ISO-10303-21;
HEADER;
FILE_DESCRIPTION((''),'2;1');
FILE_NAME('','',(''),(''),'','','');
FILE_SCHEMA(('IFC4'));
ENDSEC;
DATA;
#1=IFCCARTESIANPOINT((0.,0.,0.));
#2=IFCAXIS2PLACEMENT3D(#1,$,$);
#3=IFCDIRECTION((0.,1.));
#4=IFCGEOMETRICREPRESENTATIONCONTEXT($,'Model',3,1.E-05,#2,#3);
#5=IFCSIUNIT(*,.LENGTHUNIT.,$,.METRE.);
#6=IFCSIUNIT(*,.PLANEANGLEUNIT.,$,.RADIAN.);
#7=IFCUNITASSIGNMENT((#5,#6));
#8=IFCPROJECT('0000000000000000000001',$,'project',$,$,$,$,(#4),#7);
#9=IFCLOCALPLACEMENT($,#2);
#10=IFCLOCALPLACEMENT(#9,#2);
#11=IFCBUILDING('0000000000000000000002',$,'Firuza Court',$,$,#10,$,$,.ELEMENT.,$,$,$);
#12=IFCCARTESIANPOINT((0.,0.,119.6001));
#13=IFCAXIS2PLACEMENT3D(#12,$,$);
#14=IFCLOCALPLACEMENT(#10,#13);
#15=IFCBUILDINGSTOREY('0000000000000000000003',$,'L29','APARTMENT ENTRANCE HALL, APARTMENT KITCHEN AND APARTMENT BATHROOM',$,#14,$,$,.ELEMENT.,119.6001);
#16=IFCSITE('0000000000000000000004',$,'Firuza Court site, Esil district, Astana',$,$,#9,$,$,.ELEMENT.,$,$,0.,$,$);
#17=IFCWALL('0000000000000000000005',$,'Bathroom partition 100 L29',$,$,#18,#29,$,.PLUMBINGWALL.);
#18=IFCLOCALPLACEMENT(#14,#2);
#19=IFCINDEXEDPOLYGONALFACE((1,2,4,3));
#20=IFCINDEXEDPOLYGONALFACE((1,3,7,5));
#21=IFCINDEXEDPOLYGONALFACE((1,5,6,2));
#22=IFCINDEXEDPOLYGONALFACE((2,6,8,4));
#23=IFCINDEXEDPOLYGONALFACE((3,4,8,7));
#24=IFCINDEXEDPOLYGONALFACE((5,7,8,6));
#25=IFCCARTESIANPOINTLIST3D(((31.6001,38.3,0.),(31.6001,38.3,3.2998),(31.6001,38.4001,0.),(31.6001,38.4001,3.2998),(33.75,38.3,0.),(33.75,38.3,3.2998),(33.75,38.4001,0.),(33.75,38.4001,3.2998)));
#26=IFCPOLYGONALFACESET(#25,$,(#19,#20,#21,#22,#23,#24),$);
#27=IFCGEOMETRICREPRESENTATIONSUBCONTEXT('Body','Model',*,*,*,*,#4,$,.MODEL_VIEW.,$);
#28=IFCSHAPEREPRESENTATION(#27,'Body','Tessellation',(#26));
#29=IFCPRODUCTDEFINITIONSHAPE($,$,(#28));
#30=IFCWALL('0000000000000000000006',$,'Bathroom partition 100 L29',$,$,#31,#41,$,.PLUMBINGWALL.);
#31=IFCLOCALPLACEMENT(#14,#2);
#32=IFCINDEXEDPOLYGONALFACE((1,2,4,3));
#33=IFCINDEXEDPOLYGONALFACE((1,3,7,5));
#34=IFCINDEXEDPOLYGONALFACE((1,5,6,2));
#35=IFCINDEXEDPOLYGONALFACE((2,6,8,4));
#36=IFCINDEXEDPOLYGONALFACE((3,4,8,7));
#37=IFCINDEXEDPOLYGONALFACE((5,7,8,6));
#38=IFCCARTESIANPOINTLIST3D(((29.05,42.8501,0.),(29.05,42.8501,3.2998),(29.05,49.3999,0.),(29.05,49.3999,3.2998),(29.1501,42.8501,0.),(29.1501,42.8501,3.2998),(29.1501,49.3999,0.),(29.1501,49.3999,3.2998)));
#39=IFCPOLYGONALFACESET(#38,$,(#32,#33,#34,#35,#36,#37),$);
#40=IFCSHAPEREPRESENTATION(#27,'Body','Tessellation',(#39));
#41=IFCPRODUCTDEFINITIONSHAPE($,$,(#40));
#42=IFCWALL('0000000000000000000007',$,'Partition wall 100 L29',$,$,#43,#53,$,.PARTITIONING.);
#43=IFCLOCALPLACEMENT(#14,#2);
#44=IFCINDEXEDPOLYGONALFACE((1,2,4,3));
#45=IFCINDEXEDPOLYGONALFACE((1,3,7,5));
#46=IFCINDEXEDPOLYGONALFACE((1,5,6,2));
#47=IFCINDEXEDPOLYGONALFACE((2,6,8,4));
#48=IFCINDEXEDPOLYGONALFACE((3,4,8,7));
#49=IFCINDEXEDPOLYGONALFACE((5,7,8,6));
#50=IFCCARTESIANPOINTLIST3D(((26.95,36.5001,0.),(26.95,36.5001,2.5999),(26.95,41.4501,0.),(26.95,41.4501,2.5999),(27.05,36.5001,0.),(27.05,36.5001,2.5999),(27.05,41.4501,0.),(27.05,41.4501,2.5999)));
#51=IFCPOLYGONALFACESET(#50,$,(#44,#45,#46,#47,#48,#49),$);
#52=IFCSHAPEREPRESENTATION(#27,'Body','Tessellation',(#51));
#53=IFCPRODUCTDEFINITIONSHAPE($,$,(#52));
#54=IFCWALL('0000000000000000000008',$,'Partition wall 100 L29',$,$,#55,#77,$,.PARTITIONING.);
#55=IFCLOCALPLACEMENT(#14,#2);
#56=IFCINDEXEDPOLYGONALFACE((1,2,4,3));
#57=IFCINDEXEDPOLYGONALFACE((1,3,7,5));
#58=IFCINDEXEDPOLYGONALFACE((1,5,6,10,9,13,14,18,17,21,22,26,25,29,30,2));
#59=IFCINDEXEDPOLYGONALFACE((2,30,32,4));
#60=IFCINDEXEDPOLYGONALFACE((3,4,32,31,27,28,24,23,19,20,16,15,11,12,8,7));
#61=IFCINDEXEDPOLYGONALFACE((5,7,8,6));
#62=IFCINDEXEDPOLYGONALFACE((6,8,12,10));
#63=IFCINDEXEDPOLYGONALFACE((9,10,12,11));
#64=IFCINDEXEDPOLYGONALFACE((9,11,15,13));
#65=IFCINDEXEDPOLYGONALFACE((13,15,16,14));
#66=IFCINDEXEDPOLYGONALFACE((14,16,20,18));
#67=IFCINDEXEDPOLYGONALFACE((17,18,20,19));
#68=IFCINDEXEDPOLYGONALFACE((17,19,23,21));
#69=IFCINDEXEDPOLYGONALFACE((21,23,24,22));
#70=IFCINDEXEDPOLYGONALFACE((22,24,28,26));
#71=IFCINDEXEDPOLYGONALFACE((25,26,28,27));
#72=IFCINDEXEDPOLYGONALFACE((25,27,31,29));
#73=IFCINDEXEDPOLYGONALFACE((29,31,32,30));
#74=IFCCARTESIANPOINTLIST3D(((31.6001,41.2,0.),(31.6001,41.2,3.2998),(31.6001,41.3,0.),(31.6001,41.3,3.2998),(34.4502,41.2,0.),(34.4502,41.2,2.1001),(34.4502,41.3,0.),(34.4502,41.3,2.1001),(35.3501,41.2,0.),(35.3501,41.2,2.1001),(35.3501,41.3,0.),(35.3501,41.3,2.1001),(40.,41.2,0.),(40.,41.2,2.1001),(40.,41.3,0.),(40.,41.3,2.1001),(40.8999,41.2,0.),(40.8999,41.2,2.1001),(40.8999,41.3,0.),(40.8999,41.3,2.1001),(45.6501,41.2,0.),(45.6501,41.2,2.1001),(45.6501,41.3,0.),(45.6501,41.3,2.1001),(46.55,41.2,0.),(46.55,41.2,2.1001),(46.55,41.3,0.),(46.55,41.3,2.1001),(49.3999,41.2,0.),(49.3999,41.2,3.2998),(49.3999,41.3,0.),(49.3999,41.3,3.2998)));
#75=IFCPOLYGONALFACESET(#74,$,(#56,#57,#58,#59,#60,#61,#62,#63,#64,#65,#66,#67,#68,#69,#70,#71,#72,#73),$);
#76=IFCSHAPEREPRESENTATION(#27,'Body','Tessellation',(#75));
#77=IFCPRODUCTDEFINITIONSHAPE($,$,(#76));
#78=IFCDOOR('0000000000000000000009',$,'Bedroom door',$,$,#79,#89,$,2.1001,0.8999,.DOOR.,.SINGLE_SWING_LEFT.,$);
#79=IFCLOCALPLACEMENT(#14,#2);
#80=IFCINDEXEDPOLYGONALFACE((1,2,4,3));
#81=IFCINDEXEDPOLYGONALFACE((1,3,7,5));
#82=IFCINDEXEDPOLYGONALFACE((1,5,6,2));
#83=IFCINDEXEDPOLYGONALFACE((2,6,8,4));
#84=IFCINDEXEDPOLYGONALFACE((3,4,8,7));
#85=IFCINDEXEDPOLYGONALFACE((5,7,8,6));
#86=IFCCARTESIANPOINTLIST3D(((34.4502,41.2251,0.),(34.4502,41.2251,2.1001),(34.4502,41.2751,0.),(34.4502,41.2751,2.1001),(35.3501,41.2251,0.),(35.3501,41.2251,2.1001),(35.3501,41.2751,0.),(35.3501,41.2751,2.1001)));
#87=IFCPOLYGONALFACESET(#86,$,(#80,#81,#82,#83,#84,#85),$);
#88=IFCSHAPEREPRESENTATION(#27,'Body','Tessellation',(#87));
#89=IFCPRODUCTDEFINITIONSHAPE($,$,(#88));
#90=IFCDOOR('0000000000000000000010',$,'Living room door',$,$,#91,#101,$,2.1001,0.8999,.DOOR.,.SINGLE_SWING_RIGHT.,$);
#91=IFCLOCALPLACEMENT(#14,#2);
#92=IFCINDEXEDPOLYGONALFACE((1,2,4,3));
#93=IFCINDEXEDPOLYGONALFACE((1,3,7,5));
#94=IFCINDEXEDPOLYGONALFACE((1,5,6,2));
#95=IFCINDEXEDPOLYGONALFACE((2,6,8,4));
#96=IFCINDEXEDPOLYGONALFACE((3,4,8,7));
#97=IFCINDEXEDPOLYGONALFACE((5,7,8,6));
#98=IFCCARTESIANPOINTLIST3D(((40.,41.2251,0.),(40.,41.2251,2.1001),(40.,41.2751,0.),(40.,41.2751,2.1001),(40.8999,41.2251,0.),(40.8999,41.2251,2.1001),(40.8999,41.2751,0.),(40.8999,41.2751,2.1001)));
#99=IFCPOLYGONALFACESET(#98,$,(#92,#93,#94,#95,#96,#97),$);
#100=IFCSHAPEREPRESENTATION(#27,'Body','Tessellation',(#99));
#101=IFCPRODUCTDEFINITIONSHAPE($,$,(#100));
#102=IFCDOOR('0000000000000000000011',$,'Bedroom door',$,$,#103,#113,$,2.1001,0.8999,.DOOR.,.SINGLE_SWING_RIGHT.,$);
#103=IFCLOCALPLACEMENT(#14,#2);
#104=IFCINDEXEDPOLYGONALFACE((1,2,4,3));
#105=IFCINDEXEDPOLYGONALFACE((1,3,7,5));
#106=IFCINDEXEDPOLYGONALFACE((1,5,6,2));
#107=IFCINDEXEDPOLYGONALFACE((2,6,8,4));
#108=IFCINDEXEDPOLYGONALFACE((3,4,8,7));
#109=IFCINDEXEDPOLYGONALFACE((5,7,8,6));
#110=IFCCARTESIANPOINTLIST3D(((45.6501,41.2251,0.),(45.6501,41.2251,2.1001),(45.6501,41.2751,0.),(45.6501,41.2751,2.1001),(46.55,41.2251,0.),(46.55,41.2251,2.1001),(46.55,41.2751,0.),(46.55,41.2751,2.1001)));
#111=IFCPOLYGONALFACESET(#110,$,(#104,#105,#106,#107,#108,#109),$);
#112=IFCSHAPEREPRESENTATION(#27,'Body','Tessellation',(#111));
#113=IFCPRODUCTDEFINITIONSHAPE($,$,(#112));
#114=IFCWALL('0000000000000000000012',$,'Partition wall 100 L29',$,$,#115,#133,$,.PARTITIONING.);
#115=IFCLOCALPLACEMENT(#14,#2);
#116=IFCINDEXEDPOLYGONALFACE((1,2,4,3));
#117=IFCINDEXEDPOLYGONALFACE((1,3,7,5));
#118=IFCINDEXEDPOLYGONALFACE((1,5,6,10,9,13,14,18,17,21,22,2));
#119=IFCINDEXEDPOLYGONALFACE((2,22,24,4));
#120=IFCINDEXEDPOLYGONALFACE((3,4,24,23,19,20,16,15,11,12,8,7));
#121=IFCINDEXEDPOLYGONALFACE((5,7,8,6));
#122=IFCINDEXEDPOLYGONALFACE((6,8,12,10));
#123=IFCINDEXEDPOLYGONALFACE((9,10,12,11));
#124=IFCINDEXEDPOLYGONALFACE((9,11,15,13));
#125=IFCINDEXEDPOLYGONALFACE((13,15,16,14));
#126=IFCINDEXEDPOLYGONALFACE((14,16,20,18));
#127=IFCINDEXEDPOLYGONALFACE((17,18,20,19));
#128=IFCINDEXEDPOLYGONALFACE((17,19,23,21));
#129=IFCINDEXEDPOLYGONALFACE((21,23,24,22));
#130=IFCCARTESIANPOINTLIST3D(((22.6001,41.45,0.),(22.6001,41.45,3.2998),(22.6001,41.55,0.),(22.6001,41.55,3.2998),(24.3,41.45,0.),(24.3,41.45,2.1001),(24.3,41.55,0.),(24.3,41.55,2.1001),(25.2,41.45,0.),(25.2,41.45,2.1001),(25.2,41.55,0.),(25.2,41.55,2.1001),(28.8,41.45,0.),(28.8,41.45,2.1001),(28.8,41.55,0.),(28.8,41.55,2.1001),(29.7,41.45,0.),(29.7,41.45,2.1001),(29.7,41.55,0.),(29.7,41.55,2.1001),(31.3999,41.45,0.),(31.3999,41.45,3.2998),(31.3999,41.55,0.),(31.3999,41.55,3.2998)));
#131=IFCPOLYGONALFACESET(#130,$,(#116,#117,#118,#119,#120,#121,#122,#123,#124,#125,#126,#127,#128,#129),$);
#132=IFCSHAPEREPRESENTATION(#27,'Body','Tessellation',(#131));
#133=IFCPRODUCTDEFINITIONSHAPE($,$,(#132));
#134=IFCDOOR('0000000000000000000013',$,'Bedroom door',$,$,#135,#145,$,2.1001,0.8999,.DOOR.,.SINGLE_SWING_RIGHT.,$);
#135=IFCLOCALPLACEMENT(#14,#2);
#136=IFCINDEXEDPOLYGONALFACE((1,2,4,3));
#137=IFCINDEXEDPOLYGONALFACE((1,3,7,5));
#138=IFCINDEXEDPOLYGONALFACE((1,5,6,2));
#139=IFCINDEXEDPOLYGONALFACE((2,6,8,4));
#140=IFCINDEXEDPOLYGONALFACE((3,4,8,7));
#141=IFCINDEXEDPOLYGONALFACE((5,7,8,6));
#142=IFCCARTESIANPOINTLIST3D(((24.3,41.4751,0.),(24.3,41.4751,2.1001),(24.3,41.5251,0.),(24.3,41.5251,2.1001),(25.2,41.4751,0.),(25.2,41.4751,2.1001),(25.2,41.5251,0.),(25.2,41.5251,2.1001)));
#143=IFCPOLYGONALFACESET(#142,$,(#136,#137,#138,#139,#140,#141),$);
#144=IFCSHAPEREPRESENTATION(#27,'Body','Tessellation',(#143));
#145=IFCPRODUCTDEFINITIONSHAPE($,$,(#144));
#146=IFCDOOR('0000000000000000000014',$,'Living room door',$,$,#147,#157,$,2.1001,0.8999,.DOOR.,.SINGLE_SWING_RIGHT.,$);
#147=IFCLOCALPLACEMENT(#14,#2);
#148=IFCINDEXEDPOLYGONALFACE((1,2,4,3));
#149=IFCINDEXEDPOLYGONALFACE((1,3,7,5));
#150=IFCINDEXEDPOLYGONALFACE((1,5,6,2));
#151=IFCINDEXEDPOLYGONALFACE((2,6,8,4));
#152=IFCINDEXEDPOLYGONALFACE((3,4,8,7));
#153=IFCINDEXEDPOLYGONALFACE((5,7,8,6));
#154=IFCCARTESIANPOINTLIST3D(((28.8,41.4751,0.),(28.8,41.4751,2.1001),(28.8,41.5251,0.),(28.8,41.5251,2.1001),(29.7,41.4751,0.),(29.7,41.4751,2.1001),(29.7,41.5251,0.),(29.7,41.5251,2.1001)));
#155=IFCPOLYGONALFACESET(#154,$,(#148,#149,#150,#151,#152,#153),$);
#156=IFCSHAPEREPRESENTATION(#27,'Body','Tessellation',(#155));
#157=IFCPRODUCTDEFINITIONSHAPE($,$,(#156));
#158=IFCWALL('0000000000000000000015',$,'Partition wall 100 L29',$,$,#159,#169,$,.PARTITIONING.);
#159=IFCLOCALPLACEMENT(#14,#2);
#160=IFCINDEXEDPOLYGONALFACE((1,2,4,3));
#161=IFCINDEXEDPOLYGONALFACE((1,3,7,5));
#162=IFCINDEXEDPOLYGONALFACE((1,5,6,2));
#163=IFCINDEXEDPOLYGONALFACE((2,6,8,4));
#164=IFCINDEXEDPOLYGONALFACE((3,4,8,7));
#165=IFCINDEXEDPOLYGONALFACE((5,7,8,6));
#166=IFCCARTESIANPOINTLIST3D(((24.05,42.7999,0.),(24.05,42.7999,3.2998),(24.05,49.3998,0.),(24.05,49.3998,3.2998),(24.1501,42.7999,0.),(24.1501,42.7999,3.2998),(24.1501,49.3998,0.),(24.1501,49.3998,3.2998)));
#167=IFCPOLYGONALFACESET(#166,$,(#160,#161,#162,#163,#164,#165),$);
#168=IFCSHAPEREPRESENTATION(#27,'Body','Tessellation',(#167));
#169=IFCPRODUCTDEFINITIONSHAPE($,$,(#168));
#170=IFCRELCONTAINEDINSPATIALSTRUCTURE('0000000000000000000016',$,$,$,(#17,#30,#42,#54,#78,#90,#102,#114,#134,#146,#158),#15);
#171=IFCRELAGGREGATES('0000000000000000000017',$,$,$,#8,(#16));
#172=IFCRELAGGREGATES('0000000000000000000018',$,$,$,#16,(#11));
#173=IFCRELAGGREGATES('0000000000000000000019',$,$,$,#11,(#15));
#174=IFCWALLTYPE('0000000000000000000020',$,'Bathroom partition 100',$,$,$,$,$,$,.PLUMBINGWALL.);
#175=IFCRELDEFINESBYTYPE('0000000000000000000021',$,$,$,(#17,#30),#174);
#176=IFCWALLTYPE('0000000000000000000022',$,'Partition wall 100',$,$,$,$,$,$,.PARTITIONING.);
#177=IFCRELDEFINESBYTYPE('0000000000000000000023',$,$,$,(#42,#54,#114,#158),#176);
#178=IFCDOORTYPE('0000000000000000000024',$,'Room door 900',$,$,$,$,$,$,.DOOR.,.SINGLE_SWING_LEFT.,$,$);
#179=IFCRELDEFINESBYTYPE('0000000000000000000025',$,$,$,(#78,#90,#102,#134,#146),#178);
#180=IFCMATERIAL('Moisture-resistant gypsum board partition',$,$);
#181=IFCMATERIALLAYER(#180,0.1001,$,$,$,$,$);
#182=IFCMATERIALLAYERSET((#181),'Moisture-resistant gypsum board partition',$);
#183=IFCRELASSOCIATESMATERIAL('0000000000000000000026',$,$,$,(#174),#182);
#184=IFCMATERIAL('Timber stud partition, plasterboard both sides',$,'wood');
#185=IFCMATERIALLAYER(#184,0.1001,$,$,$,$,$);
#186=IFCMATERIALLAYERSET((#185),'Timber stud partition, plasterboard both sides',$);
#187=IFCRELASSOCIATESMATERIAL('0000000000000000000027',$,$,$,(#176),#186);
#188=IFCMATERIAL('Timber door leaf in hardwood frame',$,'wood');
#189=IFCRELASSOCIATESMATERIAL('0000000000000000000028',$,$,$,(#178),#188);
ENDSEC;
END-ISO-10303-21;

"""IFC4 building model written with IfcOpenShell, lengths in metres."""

from ifc_helpers import new_model, si_unit, direction, frame, frame_2d, origin, place, context, subcontext, project, spatial, rectangle, extrude, material, layer, layer_set, type_object, element, fill, save


model = new_model("IFC4")

# Units and contexts
model_context = context("Model", 3, precision=1e-05, world=origin(), true_north=direction((0.0, 1.0)))
body_context = subcontext(model_context, "Body", "Model", "MODEL_VIEW")
ifc_project = project(units=[si_unit("LENGTHUNIT", "METRE"), si_unit("PLANEANGLEUNIT", "RADIAN")], contexts=[model_context])

# Site, building, storey
site_placement = place(None, origin())
site = spatial("IfcSite", under=ifc_project, at=site_placement, Name="Firuza Court site, Esil district, Astana", CompositionType="ELEMENT", RefElevation=0.0)
building_placement = place(site_placement, origin())
building = spatial("IfcBuilding", under=site, at=building_placement, Name="Firuza Court", CompositionType="ELEMENT")
storey_placement = place(building_placement, frame((0.0, 0.0, 119.6001)))
storey = spatial("IfcBuildingStorey", under=building, at=storey_placement, Name="L29", Description="APARTMENT ENTRANCE HALL, APARTMENT KITCHEN AND APARTMENT BATHROOM", CompositionType="ELEMENT", Elevation=119.6001)

# Walls
ifc_material_1 = material(Name="Moisture-resistant gypsum board partition")
ifc_layer_1 = layer(ifc_material_1, 0.1001)
ifc_layer_set_1 = layer_set([ifc_layer_1], Name="Moisture-resistant gypsum board partition")
wall_type_1 = type_object("IfcWallType", Name="Bathroom partition 100", PredefinedType="PLUMBINGWALL", material=ifc_layer_set_1)
wall_1_placement = place(storey_placement, frame((31.6001, 38.3501, 0.0), z_axis=(0.0, 0.0, 1.0), x_axis=(1.0, 0.0, 0.0)))
element("IfcWall", 1, at=wall_1_placement, inside=storey, type_object=wall_type_1, Name="Bathroom partition 100 L29", PredefinedType="PLUMBINGWALL", context=body_context, shape_type="SweptSolid", body=[
    extrude(rectangle(XDim=2.1499, YDim=0.1001, at=frame_2d((1.075, 0.0))), origin(), (0.0, 0.0, 1.0), 3.2998),
])
wall_2_placement = place(storey_placement, frame((29.1001, 42.8501, 0.0), z_axis=(0.0, 0.0, 1.0), x_axis=(0.0, 1.0, 0.0)))
element("IfcWall", 2, at=wall_2_placement, inside=storey, type_object=wall_type_1, Name="Bathroom partition 100 L29", PredefinedType="PLUMBINGWALL", context=body_context, shape_type="SweptSolid", body=[
    extrude(rectangle(XDim=6.5498, YDim=0.1001, at=frame_2d((3.2749, 0.0))), origin(), (0.0, 0.0, 1.0), 3.2998),
])
ifc_material_2 = material(Name="Timber stud partition, plasterboard both sides", Category="wood")
ifc_layer_2 = layer(ifc_material_2, 0.1001)
ifc_layer_set_2 = layer_set([ifc_layer_2], Name="Timber stud partition, plasterboard both sides")
wall_type_2 = type_object("IfcWallType", Name="Partition wall 100", PredefinedType="PARTITIONING", material=ifc_layer_set_2)
wall_3_placement = place(storey_placement, frame((27.0, 36.5, 0.0), z_axis=(0.0, 0.0, 1.0), x_axis=(0.0, 1.0, 0.0)))
element("IfcWall", 3, at=wall_3_placement, inside=storey, type_object=wall_type_2, Name="Partition wall 100 L29", PredefinedType="PARTITIONING", context=body_context, shape_type="SweptSolid", body=[
    extrude(rectangle(XDim=4.95, YDim=0.1001, at=frame_2d((2.4751, 0.0))), origin(), (0.0, 0.0, 1.0), 2.5999),
])

# Walls, openings, doors
wall_4_placement = place(storey_placement, frame((31.6001, 41.25, 0.0), z_axis=(0.0, 0.0, 1.0), x_axis=(1.0, 0.0, 0.0)))
wall_4 = element("IfcWall", 4, at=wall_4_placement, inside=storey, type_object=wall_type_2, Name="Partition wall 100 L29", PredefinedType="PARTITIONING", context=body_context, shape_type="SweptSolid", body=[
    extrude(rectangle(XDim=17.7998, YDim=0.1001, at=frame_2d((8.8999, 0.0))), origin(), (0.0, 0.0, 1.0), 3.2998),
])
opening_1_placement = place(wall_4_placement, frame((2.8501, 0.0, 0.0)))
opening_1 = element("IfcOpeningElement", 5, at=opening_1_placement, cuts=wall_4, PredefinedType="OPENING", context=body_context, shape_type="SweptSolid", body=[
    extrude(rectangle(XDim=0.8999, YDim=2.1001, at=frame_2d((0.45, 1.05))), frame((0.0, 0.062, 0.0), z_axis=(0.0, -1.0, 0.0), x_axis=(1.0, 0.0, 0.0)), (0.0, 0.0, 1.0), 0.124),
])
opening_2_placement = place(wall_4_placement, frame((8.3999, 0.0, 0.0)))
opening_2 = element("IfcOpeningElement", 6, at=opening_2_placement, cuts=wall_4, PredefinedType="OPENING", context=body_context, shape_type="SweptSolid", body=[
    extrude(rectangle(XDim=0.8999, YDim=2.1001, at=frame_2d((0.45, 1.05))), frame((0.0, 0.062, 0.0), z_axis=(0.0, -1.0, 0.0), x_axis=(1.0, 0.0, 0.0)), (0.0, 0.0, 1.0), 0.124),
])
opening_3_placement = place(wall_4_placement, frame((14.05, 0.0, 0.0)))
opening_3 = element("IfcOpeningElement", 7, at=opening_3_placement, cuts=wall_4, PredefinedType="OPENING", context=body_context, shape_type="SweptSolid", body=[
    extrude(rectangle(XDim=0.8999, YDim=2.1001, at=frame_2d((0.45, 1.05))), frame((0.0, 0.062, 0.0), z_axis=(0.0, -1.0, 0.0), x_axis=(1.0, 0.0, 0.0)), (0.0, 0.0, 1.0), 0.124),
])
ifc_material_3 = material(Name="Timber door leaf in hardwood frame", Category="wood")
door_type_1 = type_object("IfcDoorType", Name="Room door 900", OperationType="SINGLE_SWING_LEFT", PredefinedType="DOOR", material=ifc_material_3)
door_1_placement = place(opening_1_placement, frame((0.8999, 0.0, 0.0), z_axis=(0.0, 0.0, 1.0), x_axis=(-1.0, 0.0, 0.0)))
door_1 = element("IfcDoor", 8, at=door_1_placement, inside=storey, type_object=door_type_1, Name="Bedroom door", OperationType="SINGLE_SWING_LEFT", OverallHeight=2.1001, OverallWidth=0.8999, PredefinedType="DOOR", context=body_context, shape_type="SweptSolid", body=[
    extrude(rectangle(XDim=0.8999, YDim=2.1001, at=frame_2d((0.45, 1.05))), frame((0.0, 0.0249, 0.0), z_axis=(0.0, -1.0, 0.0), x_axis=(1.0, 0.0, 0.0)), (0.0, 0.0, 1.0), 0.05),
])
fill(opening_1, door_1)
door_2_placement = place(opening_2_placement, frame((0.8999, 0.0, 0.0), z_axis=(0.0, 0.0, 1.0), x_axis=(-1.0, 0.0, 0.0)))
door_2 = element("IfcDoor", 9, at=door_2_placement, inside=storey, type_object=door_type_1, Name="Living room door", OperationType="SINGLE_SWING_RIGHT", OverallHeight=2.1001, OverallWidth=0.8999, PredefinedType="DOOR", context=body_context, shape_type="SweptSolid", body=[
    extrude(rectangle(XDim=0.8999, YDim=2.1001, at=frame_2d((0.45, 1.05))), frame((0.0, 0.0249, 0.0), z_axis=(0.0, -1.0, 0.0), x_axis=(1.0, 0.0, 0.0)), (0.0, 0.0, 1.0), 0.05),
])
fill(opening_2, door_2)
door_3_placement = place(opening_3_placement, frame((0.8999, 0.0, 0.0), z_axis=(0.0, 0.0, 1.0), x_axis=(-1.0, 0.0, 0.0)))
door_3 = element("IfcDoor", 10, at=door_3_placement, inside=storey, type_object=door_type_1, Name="Bedroom door", OperationType="SINGLE_SWING_RIGHT", OverallHeight=2.1001, OverallWidth=0.8999, PredefinedType="DOOR", context=body_context, shape_type="SweptSolid", body=[
    extrude(rectangle(XDim=0.8999, YDim=2.1001, at=frame_2d((0.45, 1.05))), frame((0.0, 0.0249, 0.0), z_axis=(0.0, -1.0, 0.0), x_axis=(1.0, 0.0, 0.0)), (0.0, 0.0, 1.0), 0.05),
])
fill(opening_3, door_3)
wall_5_placement = place(storey_placement, frame((22.6001, 41.5, 0.0), z_axis=(0.0, 0.0, 1.0), x_axis=(1.0, 0.0, 0.0)))
wall_5 = element("IfcWall", 11, at=wall_5_placement, inside=storey, type_object=wall_type_2, Name="Partition wall 100 L29", PredefinedType="PARTITIONING", context=body_context, shape_type="SweptSolid", body=[
    extrude(rectangle(XDim=8.7998, YDim=0.1001, at=frame_2d((4.3999, 0.0))), origin(), (0.0, 0.0, 1.0), 3.2998),
])
opening_4_placement = place(wall_5_placement, frame((1.7, 0.0, 0.0)))
opening_4 = element("IfcOpeningElement", 12, at=opening_4_placement, cuts=wall_5, PredefinedType="OPENING", context=body_context, shape_type="SweptSolid", body=[
    extrude(rectangle(XDim=0.8999, YDim=2.1001, at=frame_2d((0.45, 1.05))), frame((0.0, 0.062, 0.0), z_axis=(0.0, -1.0, 0.0), x_axis=(1.0, 0.0, 0.0)), (0.0, 0.0, 1.0), 0.124),
])
opening_5_placement = place(wall_5_placement, frame((6.2, 0.0, 0.0)))
opening_5 = element("IfcOpeningElement", 13, at=opening_5_placement, cuts=wall_5, PredefinedType="OPENING", context=body_context, shape_type="SweptSolid", body=[
    extrude(rectangle(XDim=0.8999, YDim=2.1001, at=frame_2d((0.45, 1.05))), frame((0.0, 0.062, 0.0), z_axis=(0.0, -1.0, 0.0), x_axis=(1.0, 0.0, 0.0)), (0.0, 0.0, 1.0), 0.124),
])
door_4_placement = place(opening_4_placement, frame((0.8999, 0.0, 0.0), z_axis=(0.0, 0.0, 1.0), x_axis=(-1.0, 0.0, 0.0)))
door_4 = element("IfcDoor", 14, at=door_4_placement, inside=storey, type_object=door_type_1, Name="Bedroom door", OperationType="SINGLE_SWING_RIGHT", OverallHeight=2.1001, OverallWidth=0.8999, PredefinedType="DOOR", context=body_context, shape_type="SweptSolid", body=[
    extrude(rectangle(XDim=0.8999, YDim=2.1001, at=frame_2d((0.45, 1.05))), frame((0.0, 0.0249, 0.0), z_axis=(0.0, -1.0, 0.0), x_axis=(1.0, 0.0, 0.0)), (0.0, 0.0, 1.0), 0.05),
])
fill(opening_4, door_4)
door_5_placement = place(opening_5_placement, frame((0.8999, 0.0, 0.0), z_axis=(0.0, 0.0, 1.0), x_axis=(-1.0, 0.0, 0.0)))
door_5 = element("IfcDoor", 15, at=door_5_placement, inside=storey, type_object=door_type_1, Name="Living room door", OperationType="SINGLE_SWING_RIGHT", OverallHeight=2.1001, OverallWidth=0.8999, PredefinedType="DOOR", context=body_context, shape_type="SweptSolid", body=[
    extrude(rectangle(XDim=0.8999, YDim=2.1001, at=frame_2d((0.45, 1.05))), frame((0.0, 0.0249, 0.0), z_axis=(0.0, -1.0, 0.0), x_axis=(1.0, 0.0, 0.0)), (0.0, 0.0, 1.0), 0.05),
])
fill(opening_5, door_5)

# Wall
wall_6_placement = place(storey_placement, frame((24.1001, 42.8, 0.0), z_axis=(0.0, 0.0, 1.0), x_axis=(0.0, 1.0, 0.0)))
element("IfcWall", 16, at=wall_6_placement, inside=storey, type_object=wall_type_2, Name="Partition wall 100 L29", PredefinedType="PARTITIONING", context=body_context, shape_type="SweptSolid", body=[
    extrude(rectangle(XDim=6.5999, YDim=0.1001, at=frame_2d((3.2998, 0.0))), origin(), (0.0, 0.0, 1.0), 3.2998),
])

save(model, "model.ifc")
